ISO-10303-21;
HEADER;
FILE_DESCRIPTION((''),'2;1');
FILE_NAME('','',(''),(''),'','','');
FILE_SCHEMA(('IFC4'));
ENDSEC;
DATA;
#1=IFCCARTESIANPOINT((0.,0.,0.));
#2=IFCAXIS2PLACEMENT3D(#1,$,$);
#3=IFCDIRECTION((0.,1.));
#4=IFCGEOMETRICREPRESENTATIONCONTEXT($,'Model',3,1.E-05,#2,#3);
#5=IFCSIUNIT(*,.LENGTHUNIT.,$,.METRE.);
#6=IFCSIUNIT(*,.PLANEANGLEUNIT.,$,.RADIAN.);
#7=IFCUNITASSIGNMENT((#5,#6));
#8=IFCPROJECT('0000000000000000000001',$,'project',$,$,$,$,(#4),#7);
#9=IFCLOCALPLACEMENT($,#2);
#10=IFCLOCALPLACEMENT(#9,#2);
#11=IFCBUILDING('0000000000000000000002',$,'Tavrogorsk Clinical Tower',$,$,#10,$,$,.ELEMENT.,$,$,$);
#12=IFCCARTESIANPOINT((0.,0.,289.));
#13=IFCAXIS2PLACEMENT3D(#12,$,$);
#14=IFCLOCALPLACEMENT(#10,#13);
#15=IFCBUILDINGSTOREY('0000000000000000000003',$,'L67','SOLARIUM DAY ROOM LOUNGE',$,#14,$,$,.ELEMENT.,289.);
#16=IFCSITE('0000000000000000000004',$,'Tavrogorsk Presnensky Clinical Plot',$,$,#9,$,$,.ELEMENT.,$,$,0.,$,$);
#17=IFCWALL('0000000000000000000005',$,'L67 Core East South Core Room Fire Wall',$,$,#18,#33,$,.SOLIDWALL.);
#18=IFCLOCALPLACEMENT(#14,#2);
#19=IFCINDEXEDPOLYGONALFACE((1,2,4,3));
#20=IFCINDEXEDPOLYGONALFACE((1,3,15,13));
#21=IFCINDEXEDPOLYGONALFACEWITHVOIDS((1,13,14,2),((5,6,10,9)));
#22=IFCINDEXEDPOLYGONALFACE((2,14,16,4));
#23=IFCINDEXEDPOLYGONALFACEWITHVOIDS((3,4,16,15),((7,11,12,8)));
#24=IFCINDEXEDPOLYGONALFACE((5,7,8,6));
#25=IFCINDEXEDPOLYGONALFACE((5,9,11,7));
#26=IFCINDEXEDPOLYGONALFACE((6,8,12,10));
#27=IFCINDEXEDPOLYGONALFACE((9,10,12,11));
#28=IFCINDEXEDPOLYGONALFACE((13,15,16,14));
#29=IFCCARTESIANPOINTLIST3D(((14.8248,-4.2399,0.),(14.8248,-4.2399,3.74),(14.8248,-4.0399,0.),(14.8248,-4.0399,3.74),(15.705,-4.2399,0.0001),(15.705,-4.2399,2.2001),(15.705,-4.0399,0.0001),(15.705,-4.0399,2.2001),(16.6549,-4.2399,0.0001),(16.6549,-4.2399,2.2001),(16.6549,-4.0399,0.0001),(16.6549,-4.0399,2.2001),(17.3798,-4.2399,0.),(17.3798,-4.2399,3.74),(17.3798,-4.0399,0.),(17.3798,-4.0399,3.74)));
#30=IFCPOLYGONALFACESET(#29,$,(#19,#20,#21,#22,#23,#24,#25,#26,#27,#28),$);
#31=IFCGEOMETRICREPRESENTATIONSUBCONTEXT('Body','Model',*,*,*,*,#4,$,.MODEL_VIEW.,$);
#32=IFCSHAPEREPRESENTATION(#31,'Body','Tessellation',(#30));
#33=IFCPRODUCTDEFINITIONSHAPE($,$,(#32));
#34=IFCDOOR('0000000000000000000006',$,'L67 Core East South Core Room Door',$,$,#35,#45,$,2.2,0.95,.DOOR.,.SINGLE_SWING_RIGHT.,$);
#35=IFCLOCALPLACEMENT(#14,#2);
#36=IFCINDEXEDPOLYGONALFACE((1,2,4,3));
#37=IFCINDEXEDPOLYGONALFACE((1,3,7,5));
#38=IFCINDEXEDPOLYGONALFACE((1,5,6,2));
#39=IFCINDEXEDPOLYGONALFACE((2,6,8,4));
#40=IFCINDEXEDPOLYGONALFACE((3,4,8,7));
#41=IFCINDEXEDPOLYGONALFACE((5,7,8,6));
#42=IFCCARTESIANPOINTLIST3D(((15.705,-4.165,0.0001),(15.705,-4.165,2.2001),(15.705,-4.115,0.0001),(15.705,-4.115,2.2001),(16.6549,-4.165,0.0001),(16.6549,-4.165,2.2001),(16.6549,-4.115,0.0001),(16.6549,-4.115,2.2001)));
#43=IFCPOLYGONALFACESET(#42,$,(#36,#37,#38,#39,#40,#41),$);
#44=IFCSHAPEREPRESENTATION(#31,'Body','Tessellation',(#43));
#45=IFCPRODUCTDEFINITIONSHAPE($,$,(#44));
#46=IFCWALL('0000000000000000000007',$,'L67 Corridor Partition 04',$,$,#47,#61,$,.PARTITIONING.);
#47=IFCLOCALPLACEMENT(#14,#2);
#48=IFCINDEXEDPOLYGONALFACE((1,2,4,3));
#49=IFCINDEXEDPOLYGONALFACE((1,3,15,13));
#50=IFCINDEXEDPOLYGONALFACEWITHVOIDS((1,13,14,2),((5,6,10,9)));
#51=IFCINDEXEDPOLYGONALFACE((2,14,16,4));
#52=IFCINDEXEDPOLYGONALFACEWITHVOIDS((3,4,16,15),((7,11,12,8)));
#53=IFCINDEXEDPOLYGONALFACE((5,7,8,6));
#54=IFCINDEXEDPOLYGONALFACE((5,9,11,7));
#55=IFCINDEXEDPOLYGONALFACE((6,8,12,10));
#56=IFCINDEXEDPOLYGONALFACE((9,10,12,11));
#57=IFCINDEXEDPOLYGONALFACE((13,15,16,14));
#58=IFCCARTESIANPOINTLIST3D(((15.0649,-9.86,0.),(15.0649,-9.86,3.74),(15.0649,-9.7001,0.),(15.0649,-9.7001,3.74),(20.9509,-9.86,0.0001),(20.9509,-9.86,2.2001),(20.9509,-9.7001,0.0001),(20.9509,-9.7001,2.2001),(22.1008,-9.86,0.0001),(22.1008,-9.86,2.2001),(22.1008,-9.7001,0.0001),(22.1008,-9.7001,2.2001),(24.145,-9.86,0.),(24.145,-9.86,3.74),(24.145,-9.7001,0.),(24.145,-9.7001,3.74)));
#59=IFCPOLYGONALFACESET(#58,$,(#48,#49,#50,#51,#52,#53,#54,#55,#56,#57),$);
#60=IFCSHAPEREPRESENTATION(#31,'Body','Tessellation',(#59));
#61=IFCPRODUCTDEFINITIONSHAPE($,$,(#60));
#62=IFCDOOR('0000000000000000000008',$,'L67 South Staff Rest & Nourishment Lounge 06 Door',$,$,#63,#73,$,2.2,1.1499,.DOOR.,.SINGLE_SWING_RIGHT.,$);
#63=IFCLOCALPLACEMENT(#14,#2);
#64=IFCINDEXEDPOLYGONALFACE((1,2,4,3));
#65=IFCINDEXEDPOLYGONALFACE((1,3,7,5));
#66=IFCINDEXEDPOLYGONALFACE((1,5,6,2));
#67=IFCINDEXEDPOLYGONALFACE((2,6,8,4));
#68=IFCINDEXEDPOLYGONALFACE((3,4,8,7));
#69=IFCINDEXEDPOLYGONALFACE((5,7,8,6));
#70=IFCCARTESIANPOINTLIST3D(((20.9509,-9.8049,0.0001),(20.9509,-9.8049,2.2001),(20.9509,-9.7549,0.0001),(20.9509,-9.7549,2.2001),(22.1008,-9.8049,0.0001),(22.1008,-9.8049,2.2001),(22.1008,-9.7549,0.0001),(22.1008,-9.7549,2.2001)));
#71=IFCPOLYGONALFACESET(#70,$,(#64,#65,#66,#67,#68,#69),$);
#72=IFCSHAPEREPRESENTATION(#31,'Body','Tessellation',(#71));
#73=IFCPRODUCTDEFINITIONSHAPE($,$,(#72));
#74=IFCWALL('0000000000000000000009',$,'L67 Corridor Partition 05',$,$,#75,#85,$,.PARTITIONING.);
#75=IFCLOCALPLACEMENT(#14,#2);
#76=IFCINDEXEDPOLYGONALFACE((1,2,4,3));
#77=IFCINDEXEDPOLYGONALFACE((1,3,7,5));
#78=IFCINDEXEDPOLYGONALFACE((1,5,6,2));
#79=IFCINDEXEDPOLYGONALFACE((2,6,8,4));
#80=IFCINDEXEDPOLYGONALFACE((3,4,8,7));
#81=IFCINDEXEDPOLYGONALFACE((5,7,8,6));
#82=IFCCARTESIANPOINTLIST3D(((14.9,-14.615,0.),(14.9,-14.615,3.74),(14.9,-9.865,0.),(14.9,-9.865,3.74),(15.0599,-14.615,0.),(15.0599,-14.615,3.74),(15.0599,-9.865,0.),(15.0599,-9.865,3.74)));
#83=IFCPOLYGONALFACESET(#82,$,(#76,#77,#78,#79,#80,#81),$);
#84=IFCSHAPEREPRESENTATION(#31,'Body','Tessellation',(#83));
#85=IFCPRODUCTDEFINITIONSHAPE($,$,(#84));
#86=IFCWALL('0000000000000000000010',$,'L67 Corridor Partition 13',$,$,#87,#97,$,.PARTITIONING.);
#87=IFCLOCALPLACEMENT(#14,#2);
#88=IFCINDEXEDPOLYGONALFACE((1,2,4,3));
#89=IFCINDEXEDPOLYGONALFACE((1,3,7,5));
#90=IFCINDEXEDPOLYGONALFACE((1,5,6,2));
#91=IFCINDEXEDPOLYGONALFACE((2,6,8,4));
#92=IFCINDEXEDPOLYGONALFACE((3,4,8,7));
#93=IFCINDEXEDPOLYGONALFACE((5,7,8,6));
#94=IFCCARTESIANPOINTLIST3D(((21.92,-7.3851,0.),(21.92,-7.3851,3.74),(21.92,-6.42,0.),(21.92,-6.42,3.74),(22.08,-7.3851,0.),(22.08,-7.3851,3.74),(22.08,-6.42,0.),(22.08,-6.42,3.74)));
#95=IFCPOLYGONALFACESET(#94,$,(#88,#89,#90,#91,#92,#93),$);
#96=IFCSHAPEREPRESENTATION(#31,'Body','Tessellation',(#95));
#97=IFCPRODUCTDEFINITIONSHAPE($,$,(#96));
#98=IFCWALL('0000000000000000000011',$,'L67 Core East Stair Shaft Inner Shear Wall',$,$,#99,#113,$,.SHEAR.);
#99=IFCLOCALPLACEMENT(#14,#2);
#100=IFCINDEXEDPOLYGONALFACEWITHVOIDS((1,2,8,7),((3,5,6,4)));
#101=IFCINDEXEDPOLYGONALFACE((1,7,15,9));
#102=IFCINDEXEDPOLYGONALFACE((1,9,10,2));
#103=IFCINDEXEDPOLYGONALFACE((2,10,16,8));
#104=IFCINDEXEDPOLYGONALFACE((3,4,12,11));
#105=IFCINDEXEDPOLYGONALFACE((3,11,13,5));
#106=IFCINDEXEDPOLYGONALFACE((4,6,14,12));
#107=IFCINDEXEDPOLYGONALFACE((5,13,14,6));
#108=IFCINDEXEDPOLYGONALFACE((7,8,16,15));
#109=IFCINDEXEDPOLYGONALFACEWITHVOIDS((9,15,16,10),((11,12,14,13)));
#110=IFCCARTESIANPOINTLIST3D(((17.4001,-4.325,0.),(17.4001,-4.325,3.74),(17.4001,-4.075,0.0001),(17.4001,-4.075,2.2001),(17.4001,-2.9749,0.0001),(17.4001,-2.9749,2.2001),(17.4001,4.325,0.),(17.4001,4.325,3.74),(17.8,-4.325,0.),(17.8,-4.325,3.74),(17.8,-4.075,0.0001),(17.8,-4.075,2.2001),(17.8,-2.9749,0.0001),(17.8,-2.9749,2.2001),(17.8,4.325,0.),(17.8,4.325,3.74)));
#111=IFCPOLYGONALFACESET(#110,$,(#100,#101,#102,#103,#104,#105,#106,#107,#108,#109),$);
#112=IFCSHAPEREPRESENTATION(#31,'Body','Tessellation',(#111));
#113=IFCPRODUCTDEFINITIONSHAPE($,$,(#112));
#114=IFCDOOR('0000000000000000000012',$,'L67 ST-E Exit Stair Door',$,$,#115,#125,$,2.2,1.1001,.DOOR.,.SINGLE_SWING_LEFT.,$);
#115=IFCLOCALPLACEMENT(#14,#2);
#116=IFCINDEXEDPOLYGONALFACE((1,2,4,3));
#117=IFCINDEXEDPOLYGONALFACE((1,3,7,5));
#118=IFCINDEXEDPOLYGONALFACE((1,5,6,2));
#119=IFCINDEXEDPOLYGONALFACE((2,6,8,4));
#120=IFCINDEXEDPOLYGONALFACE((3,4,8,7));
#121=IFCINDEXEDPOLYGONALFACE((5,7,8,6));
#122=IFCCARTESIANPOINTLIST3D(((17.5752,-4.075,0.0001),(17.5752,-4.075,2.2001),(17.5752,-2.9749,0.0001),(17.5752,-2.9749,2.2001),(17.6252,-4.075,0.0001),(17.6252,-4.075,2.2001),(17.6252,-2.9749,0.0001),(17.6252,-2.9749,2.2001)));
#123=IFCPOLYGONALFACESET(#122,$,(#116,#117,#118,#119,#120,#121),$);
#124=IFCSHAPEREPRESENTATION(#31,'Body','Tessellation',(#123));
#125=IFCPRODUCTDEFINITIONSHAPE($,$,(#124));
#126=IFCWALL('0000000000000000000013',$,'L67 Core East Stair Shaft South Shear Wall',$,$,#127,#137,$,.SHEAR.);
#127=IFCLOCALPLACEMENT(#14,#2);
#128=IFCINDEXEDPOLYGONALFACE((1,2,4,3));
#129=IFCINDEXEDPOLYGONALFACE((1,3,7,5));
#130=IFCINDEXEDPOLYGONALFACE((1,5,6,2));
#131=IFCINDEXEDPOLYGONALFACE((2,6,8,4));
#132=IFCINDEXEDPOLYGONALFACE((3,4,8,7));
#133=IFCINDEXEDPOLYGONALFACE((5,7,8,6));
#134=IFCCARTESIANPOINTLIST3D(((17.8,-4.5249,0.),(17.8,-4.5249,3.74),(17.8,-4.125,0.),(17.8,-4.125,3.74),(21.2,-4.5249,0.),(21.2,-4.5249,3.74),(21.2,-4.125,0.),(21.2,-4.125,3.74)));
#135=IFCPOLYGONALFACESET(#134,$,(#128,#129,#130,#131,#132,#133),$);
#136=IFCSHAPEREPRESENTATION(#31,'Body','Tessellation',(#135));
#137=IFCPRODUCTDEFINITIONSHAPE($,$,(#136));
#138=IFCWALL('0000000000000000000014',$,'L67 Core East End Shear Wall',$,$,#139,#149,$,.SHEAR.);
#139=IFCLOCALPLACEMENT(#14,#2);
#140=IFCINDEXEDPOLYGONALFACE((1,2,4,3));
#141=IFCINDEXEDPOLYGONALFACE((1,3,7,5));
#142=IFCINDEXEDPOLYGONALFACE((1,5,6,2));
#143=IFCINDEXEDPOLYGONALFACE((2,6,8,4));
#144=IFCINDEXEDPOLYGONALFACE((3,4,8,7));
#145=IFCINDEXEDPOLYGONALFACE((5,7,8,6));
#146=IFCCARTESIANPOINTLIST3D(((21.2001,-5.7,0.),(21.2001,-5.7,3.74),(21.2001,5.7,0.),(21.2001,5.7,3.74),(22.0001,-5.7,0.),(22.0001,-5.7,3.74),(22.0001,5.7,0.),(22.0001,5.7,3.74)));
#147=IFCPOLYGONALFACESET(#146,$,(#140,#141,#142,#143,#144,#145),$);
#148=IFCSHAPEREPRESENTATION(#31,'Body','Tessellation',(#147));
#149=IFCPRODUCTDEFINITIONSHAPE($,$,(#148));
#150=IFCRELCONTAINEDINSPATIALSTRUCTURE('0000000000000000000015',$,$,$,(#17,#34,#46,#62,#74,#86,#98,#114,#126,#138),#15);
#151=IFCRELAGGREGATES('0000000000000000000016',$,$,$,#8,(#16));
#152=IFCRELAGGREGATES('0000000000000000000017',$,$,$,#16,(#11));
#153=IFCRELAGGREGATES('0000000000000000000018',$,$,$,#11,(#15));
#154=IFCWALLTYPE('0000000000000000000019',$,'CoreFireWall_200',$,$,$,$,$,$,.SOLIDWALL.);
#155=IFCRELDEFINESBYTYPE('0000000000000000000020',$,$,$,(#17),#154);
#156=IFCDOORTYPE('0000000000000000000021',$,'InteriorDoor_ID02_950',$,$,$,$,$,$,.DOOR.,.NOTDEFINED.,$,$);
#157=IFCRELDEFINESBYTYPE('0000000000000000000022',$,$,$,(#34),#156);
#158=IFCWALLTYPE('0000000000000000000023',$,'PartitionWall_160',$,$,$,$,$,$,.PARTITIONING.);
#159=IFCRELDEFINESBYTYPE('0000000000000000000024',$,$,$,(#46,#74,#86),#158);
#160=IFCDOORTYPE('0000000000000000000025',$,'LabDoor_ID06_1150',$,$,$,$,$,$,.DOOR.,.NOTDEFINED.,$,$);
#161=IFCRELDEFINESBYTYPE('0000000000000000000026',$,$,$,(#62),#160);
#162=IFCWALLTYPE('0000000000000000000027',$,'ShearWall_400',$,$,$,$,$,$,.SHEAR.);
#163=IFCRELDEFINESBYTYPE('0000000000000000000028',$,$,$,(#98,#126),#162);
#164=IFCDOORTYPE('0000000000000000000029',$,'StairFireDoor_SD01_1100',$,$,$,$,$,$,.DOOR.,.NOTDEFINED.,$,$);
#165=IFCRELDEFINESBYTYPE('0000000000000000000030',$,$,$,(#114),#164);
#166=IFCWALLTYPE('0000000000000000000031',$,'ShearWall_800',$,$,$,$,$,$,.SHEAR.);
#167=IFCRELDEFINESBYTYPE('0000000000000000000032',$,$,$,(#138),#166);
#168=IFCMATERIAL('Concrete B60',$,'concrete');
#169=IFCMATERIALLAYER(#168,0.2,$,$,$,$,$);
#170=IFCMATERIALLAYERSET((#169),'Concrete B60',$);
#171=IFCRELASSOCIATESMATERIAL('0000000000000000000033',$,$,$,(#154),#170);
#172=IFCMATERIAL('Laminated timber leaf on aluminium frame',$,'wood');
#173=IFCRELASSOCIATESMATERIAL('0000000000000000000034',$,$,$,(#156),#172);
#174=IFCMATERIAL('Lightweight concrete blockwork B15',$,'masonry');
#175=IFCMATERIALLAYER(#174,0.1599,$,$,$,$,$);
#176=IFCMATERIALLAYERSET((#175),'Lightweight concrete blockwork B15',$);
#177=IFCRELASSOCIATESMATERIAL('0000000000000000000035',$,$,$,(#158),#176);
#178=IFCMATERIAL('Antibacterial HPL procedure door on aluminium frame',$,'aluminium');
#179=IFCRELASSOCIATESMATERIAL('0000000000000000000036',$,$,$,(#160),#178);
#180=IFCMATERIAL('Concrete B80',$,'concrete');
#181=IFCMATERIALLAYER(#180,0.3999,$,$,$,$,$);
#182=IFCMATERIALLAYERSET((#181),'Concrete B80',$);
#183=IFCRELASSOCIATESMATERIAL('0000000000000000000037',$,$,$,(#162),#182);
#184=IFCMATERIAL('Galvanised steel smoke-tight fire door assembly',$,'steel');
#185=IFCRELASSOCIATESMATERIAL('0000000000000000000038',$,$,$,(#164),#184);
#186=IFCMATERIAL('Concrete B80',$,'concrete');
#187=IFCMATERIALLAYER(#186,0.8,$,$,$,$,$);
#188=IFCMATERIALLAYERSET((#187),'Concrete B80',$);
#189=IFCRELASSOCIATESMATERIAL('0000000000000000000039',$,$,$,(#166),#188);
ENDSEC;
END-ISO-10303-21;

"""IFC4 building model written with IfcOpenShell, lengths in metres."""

from ifc_helpers import new_model, si_unit, direction, frame, frame_2d, origin, place, context, subcontext, project, spatial, rectangle, extrude, material, layer, layer_set, type_object, element, fill, save


model = new_model("IFC4")

# Units and contexts
model_context = context("Model", 3, precision=1e-05, world=origin(), true_north=direction((0.0, 1.0)))
body_context = subcontext(model_context, "Body", "Model", "MODEL_VIEW")
ifc_project = project(units=[si_unit("LENGTHUNIT", "METRE"), si_unit("PLANEANGLEUNIT", "RADIAN")], contexts=[model_context])

# Site, building, storey
site_placement = place(None, origin())
site = spatial("IfcSite", under=ifc_project, at=site_placement, Name="Tavrogorsk Presnensky Clinical Plot", CompositionType="ELEMENT", RefElevation=0.0)
building_placement = place(site_placement, origin())
building = spatial("IfcBuilding", under=site, at=building_placement, Name="Tavrogorsk Clinical Tower", CompositionType="ELEMENT")
storey_placement = place(building_placement, frame((0.0, 0.0, 289.0)))
storey = spatial("IfcBuildingStorey", under=building, at=storey_placement, Name="L67", Description="SOLARIUM DAY ROOM LOUNGE", CompositionType="ELEMENT", Elevation=289.0)

# Walls, openings, doors
ifc_material_1 = material(Name="Concrete B60", Category="concrete")
ifc_layer_1 = layer(ifc_material_1, 0.2)
ifc_layer_set_1 = layer_set([ifc_layer_1], Name="Concrete B60")
wall_type_1 = type_object("IfcWallType", Name="CoreFireWall_200", PredefinedType="SOLIDWALL", material=ifc_layer_set_1)
wall_1_placement = place(storey_placement, frame((14.825, -4.1399, 0.0), z_axis=(0.0, 0.0, 1.0), x_axis=(1.0, 0.0, 0.0)))
wall_1 = element("IfcWall", 1, at=wall_1_placement, inside=storey, type_object=wall_type_1, Name="L67 Core East South Core Room Fire Wall", PredefinedType="SOLIDWALL", context=body_context, shape_type="SweptSolid", body=[
    extrude(rectangle(XDim=2.5549, YDim=0.2, at=frame_2d((1.2773, 0.0))), origin(), (0.0, 0.0, 1.0), 3.74),
])
opening_1_placement = place(wall_1_placement, frame((0.8799, 0.0, 0.0)))
opening_1 = element("IfcOpeningElement", 2, at=opening_1_placement, cuts=wall_1, PredefinedType="OPENING", context=body_context, shape_type="SweptSolid", body=[
    extrude(rectangle(XDim=0.95, YDim=2.2, at=frame_2d((0.4751, 1.1001))), frame((0.0, 0.1099, 0.0), z_axis=(0.0, -1.0, 0.0), x_axis=(1.0, 0.0, 0.0)), (0.0, 0.0, 1.0), 0.22),
])
ifc_material_2 = material(Name="Laminated timber leaf on aluminium frame", Category="wood")
door_type_1 = type_object("IfcDoorType", Name="InteriorDoor_ID02_950", OperationType="NOTDEFINED", PredefinedType="DOOR", material=ifc_material_2)
door_1_placement = place(opening_1_placement, origin())
door_1 = element("IfcDoor", 3, at=door_1_placement, inside=storey, type_object=door_type_1, Name="L67 Core East South Core Room Door", OperationType="SINGLE_SWING_RIGHT", OverallHeight=2.2, OverallWidth=0.95, PredefinedType="DOOR", context=body_context, shape_type="SweptSolid", body=[
    extrude(rectangle(XDim=0.95, YDim=2.2, at=frame_2d((0.4751, 1.1001))), frame((0.0, 0.0249, 0.0), z_axis=(0.0, -1.0, 0.0), x_axis=(1.0, 0.0, 0.0)), (0.0, 0.0, 1.0), 0.05),
])
fill(opening_1, door_1)
ifc_material_3 = material(Name="Lightweight concrete blockwork B15", Category="masonry")
ifc_layer_2 = layer(ifc_material_3, 0.1599)
ifc_layer_set_2 = layer_set([ifc_layer_2], Name="Lightweight concrete blockwork B15")
wall_type_2 = type_object("IfcWallType", Name="PartitionWall_160", PredefinedType="PARTITIONING", material=ifc_layer_set_2)
wall_2_placement = place(storey_placement, frame((24.145, -9.78, 0.0), z_axis=(0.0, 0.0, 1.0), x_axis=(-1.0, 0.0, 0.0)))
wall_2 = element("IfcWall", 4, at=wall_2_placement, inside=storey, type_object=wall_type_2, Name="L67 Corridor Partition 04", PredefinedType="PARTITIONING", context=body_context, shape_type="SweptSolid", body=[
    extrude(rectangle(XDim=9.0801, YDim=0.1599, at=frame_2d((4.54, 0.0))), origin(), (0.0, 0.0, 1.0), 3.74),
])
opening_2_placement = place(wall_2_placement, frame((2.0442, 0.0, 0.0)))
opening_2 = element("IfcOpeningElement", 5, at=opening_2_placement, cuts=wall_2, PredefinedType="OPENING", context=body_context, shape_type="SweptSolid", body=[
    extrude(rectangle(XDim=1.1499, YDim=2.2, at=frame_2d((0.575, 1.1001))), frame((0.0, 0.0898, 0.0), z_axis=(0.0, -1.0, 0.0), x_axis=(1.0, 0.0, 0.0)), (0.0, 0.0, 1.0), 0.1799),
])
ifc_material_4 = material(Name="Antibacterial HPL procedure door on aluminium frame", Category="aluminium")
door_type_2 = type_object("IfcDoorType", Name="LabDoor_ID06_1150", OperationType="NOTDEFINED", PredefinedType="DOOR", material=ifc_material_4)
door_2_placement = place(opening_2_placement, origin())
door_2 = element("IfcDoor", 6, at=door_2_placement, inside=storey, type_object=door_type_2, Name="L67 South Staff Rest & Nourishment Lounge 06 Door", OperationType="SINGLE_SWING_RIGHT", OverallHeight=2.2, OverallWidth=1.1499, PredefinedType="DOOR", context=body_context, shape_type="SweptSolid", body=[
    extrude(rectangle(XDim=1.1499, YDim=2.2, at=frame_2d((0.575, 1.1001))), frame((0.0, 0.0249, 0.0), z_axis=(0.0, -1.0, 0.0), x_axis=(1.0, 0.0, 0.0)), (0.0, 0.0, 1.0), 0.05),
])
fill(opening_2, door_2)

# Walls
wall_3_placement = place(storey_placement, frame((14.98, -9.865, 0.0), z_axis=(0.0, 0.0, 1.0), x_axis=(0.0, -1.0, 0.0)))
element("IfcWall", 7, at=wall_3_placement, inside=storey, type_object=wall_type_2, Name="L67 Corridor Partition 05", PredefinedType="PARTITIONING", context=body_context, shape_type="SweptSolid", body=[
    extrude(rectangle(XDim=4.75, YDim=0.1599, at=frame_2d((2.375, 0.0))), origin(), (0.0, 0.0, 1.0), 3.74),
])
wall_4_placement = place(storey_placement, frame((22.0, -7.385, 0.0), z_axis=(0.0, 0.0, 1.0), x_axis=(0.0, 1.0, 0.0)))
element("IfcWall", 8, at=wall_4_placement, inside=storey, type_object=wall_type_2, Name="L67 Corridor Partition 13", PredefinedType="PARTITIONING", context=body_context, shape_type="SweptSolid", body=[
    extrude(rectangle(XDim=0.9651, YDim=0.1599, at=frame_2d((0.4824, 0.0))), origin(), (0.0, 0.0, 1.0), 3.74),
])

# Wall, opening, door
ifc_material_5 = material(Name="Concrete B80", Category="concrete")
ifc_layer_3 = layer(ifc_material_5, 0.3999)
ifc_layer_set_3 = layer_set([ifc_layer_3], Name="Concrete B80")
wall_type_3 = type_object("IfcWallType", Name="ShearWall_400", PredefinedType="SHEAR", material=ifc_layer_set_3)
wall_5_placement = place(storey_placement, frame((17.6001, -4.325, 0.0), z_axis=(0.0, 0.0, 1.0), x_axis=(0.0, 1.0, 0.0)))
wall_5 = element("IfcWall", 9, at=wall_5_placement, inside=storey, type_object=wall_type_3, Name="L67 Core East Stair Shaft Inner Shear Wall", PredefinedType="SHEAR", context=body_context, shape_type="SweptSolid", body=[
    extrude(rectangle(XDim=8.6499, YDim=0.3999, at=frame_2d((4.325, 0.0))), origin(), (0.0, 0.0, 1.0), 3.74),
])
opening_3_placement = place(wall_5_placement, frame((0.25, 0.0, 0.0)))
opening_3 = element("IfcOpeningElement", 10, at=opening_3_placement, cuts=wall_5, PredefinedType="OPENING", context=body_context, shape_type="SweptSolid", body=[
    extrude(rectangle(XDim=1.1001, YDim=2.2, at=frame_2d((0.55, 1.1001))), frame((0.0, 0.21, 0.0), z_axis=(0.0, -1.0, 0.0), x_axis=(1.0, 0.0, 0.0)), (0.0, 0.0, 1.0), 0.4199),
])
ifc_material_6 = material(Name="Galvanised steel smoke-tight fire door assembly", Category="steel")
door_type_3 = type_object("IfcDoorType", Name="StairFireDoor_SD01_1100", OperationType="NOTDEFINED", PredefinedType="DOOR", material=ifc_material_6)
door_3_placement = place(opening_3_placement, origin())
door_3 = element("IfcDoor", 11, at=door_3_placement, inside=storey, type_object=door_type_3, Name="L67 ST-E Exit Stair Door", OperationType="SINGLE_SWING_LEFT", OverallHeight=2.2, OverallWidth=1.1001, PredefinedType="DOOR", context=body_context, shape_type="SweptSolid", body=[
    extrude(rectangle(XDim=1.1001, YDim=2.2, at=frame_2d((0.55, 1.1001))), frame((0.0, 0.0249, 0.0), z_axis=(0.0, -1.0, 0.0), x_axis=(1.0, 0.0, 0.0)), (0.0, 0.0, 1.0), 0.05),
])
fill(opening_3, door_3)

# Walls
wall_6_placement = place(storey_placement, frame((17.8, -4.325, 0.0), z_axis=(0.0, 0.0, 1.0), x_axis=(1.0, 0.0, 0.0)))
element("IfcWall", 12, at=wall_6_placement, inside=storey, type_object=wall_type_3, Name="L67 Core East Stair Shaft South Shear Wall", PredefinedType="SHEAR", context=body_context, shape_type="SweptSolid", body=[
    extrude(rectangle(XDim=3.3999, YDim=0.3999, at=frame_2d((1.7, 0.0))), origin(), (0.0, 0.0, 1.0), 3.74),
])
ifc_material_7 = material(Name="Concrete B80", Category="concrete")
ifc_layer_4 = layer(ifc_material_7, 0.8)
ifc_layer_set_4 = layer_set([ifc_layer_4], Name="Concrete B80")
wall_type_4 = type_object("IfcWallType", Name="ShearWall_800", PredefinedType="SHEAR", material=ifc_layer_set_4)
wall_7_placement = place(storey_placement, frame((21.6001, -5.7, 0.0), z_axis=(0.0, 0.0, 1.0), x_axis=(0.0, 1.0, 0.0)))
element("IfcWall", 13, at=wall_7_placement, inside=storey, type_object=wall_type_4, Name="L67 Core East End Shear Wall", PredefinedType="SHEAR", context=body_context, shape_type="SweptSolid", body=[
    extrude(rectangle(XDim=11.3999, YDim=0.8, at=frame_2d((5.7, 0.0))), origin(), (0.0, 0.0, 1.0), 3.74),
])

save(model, "model.ifc")
